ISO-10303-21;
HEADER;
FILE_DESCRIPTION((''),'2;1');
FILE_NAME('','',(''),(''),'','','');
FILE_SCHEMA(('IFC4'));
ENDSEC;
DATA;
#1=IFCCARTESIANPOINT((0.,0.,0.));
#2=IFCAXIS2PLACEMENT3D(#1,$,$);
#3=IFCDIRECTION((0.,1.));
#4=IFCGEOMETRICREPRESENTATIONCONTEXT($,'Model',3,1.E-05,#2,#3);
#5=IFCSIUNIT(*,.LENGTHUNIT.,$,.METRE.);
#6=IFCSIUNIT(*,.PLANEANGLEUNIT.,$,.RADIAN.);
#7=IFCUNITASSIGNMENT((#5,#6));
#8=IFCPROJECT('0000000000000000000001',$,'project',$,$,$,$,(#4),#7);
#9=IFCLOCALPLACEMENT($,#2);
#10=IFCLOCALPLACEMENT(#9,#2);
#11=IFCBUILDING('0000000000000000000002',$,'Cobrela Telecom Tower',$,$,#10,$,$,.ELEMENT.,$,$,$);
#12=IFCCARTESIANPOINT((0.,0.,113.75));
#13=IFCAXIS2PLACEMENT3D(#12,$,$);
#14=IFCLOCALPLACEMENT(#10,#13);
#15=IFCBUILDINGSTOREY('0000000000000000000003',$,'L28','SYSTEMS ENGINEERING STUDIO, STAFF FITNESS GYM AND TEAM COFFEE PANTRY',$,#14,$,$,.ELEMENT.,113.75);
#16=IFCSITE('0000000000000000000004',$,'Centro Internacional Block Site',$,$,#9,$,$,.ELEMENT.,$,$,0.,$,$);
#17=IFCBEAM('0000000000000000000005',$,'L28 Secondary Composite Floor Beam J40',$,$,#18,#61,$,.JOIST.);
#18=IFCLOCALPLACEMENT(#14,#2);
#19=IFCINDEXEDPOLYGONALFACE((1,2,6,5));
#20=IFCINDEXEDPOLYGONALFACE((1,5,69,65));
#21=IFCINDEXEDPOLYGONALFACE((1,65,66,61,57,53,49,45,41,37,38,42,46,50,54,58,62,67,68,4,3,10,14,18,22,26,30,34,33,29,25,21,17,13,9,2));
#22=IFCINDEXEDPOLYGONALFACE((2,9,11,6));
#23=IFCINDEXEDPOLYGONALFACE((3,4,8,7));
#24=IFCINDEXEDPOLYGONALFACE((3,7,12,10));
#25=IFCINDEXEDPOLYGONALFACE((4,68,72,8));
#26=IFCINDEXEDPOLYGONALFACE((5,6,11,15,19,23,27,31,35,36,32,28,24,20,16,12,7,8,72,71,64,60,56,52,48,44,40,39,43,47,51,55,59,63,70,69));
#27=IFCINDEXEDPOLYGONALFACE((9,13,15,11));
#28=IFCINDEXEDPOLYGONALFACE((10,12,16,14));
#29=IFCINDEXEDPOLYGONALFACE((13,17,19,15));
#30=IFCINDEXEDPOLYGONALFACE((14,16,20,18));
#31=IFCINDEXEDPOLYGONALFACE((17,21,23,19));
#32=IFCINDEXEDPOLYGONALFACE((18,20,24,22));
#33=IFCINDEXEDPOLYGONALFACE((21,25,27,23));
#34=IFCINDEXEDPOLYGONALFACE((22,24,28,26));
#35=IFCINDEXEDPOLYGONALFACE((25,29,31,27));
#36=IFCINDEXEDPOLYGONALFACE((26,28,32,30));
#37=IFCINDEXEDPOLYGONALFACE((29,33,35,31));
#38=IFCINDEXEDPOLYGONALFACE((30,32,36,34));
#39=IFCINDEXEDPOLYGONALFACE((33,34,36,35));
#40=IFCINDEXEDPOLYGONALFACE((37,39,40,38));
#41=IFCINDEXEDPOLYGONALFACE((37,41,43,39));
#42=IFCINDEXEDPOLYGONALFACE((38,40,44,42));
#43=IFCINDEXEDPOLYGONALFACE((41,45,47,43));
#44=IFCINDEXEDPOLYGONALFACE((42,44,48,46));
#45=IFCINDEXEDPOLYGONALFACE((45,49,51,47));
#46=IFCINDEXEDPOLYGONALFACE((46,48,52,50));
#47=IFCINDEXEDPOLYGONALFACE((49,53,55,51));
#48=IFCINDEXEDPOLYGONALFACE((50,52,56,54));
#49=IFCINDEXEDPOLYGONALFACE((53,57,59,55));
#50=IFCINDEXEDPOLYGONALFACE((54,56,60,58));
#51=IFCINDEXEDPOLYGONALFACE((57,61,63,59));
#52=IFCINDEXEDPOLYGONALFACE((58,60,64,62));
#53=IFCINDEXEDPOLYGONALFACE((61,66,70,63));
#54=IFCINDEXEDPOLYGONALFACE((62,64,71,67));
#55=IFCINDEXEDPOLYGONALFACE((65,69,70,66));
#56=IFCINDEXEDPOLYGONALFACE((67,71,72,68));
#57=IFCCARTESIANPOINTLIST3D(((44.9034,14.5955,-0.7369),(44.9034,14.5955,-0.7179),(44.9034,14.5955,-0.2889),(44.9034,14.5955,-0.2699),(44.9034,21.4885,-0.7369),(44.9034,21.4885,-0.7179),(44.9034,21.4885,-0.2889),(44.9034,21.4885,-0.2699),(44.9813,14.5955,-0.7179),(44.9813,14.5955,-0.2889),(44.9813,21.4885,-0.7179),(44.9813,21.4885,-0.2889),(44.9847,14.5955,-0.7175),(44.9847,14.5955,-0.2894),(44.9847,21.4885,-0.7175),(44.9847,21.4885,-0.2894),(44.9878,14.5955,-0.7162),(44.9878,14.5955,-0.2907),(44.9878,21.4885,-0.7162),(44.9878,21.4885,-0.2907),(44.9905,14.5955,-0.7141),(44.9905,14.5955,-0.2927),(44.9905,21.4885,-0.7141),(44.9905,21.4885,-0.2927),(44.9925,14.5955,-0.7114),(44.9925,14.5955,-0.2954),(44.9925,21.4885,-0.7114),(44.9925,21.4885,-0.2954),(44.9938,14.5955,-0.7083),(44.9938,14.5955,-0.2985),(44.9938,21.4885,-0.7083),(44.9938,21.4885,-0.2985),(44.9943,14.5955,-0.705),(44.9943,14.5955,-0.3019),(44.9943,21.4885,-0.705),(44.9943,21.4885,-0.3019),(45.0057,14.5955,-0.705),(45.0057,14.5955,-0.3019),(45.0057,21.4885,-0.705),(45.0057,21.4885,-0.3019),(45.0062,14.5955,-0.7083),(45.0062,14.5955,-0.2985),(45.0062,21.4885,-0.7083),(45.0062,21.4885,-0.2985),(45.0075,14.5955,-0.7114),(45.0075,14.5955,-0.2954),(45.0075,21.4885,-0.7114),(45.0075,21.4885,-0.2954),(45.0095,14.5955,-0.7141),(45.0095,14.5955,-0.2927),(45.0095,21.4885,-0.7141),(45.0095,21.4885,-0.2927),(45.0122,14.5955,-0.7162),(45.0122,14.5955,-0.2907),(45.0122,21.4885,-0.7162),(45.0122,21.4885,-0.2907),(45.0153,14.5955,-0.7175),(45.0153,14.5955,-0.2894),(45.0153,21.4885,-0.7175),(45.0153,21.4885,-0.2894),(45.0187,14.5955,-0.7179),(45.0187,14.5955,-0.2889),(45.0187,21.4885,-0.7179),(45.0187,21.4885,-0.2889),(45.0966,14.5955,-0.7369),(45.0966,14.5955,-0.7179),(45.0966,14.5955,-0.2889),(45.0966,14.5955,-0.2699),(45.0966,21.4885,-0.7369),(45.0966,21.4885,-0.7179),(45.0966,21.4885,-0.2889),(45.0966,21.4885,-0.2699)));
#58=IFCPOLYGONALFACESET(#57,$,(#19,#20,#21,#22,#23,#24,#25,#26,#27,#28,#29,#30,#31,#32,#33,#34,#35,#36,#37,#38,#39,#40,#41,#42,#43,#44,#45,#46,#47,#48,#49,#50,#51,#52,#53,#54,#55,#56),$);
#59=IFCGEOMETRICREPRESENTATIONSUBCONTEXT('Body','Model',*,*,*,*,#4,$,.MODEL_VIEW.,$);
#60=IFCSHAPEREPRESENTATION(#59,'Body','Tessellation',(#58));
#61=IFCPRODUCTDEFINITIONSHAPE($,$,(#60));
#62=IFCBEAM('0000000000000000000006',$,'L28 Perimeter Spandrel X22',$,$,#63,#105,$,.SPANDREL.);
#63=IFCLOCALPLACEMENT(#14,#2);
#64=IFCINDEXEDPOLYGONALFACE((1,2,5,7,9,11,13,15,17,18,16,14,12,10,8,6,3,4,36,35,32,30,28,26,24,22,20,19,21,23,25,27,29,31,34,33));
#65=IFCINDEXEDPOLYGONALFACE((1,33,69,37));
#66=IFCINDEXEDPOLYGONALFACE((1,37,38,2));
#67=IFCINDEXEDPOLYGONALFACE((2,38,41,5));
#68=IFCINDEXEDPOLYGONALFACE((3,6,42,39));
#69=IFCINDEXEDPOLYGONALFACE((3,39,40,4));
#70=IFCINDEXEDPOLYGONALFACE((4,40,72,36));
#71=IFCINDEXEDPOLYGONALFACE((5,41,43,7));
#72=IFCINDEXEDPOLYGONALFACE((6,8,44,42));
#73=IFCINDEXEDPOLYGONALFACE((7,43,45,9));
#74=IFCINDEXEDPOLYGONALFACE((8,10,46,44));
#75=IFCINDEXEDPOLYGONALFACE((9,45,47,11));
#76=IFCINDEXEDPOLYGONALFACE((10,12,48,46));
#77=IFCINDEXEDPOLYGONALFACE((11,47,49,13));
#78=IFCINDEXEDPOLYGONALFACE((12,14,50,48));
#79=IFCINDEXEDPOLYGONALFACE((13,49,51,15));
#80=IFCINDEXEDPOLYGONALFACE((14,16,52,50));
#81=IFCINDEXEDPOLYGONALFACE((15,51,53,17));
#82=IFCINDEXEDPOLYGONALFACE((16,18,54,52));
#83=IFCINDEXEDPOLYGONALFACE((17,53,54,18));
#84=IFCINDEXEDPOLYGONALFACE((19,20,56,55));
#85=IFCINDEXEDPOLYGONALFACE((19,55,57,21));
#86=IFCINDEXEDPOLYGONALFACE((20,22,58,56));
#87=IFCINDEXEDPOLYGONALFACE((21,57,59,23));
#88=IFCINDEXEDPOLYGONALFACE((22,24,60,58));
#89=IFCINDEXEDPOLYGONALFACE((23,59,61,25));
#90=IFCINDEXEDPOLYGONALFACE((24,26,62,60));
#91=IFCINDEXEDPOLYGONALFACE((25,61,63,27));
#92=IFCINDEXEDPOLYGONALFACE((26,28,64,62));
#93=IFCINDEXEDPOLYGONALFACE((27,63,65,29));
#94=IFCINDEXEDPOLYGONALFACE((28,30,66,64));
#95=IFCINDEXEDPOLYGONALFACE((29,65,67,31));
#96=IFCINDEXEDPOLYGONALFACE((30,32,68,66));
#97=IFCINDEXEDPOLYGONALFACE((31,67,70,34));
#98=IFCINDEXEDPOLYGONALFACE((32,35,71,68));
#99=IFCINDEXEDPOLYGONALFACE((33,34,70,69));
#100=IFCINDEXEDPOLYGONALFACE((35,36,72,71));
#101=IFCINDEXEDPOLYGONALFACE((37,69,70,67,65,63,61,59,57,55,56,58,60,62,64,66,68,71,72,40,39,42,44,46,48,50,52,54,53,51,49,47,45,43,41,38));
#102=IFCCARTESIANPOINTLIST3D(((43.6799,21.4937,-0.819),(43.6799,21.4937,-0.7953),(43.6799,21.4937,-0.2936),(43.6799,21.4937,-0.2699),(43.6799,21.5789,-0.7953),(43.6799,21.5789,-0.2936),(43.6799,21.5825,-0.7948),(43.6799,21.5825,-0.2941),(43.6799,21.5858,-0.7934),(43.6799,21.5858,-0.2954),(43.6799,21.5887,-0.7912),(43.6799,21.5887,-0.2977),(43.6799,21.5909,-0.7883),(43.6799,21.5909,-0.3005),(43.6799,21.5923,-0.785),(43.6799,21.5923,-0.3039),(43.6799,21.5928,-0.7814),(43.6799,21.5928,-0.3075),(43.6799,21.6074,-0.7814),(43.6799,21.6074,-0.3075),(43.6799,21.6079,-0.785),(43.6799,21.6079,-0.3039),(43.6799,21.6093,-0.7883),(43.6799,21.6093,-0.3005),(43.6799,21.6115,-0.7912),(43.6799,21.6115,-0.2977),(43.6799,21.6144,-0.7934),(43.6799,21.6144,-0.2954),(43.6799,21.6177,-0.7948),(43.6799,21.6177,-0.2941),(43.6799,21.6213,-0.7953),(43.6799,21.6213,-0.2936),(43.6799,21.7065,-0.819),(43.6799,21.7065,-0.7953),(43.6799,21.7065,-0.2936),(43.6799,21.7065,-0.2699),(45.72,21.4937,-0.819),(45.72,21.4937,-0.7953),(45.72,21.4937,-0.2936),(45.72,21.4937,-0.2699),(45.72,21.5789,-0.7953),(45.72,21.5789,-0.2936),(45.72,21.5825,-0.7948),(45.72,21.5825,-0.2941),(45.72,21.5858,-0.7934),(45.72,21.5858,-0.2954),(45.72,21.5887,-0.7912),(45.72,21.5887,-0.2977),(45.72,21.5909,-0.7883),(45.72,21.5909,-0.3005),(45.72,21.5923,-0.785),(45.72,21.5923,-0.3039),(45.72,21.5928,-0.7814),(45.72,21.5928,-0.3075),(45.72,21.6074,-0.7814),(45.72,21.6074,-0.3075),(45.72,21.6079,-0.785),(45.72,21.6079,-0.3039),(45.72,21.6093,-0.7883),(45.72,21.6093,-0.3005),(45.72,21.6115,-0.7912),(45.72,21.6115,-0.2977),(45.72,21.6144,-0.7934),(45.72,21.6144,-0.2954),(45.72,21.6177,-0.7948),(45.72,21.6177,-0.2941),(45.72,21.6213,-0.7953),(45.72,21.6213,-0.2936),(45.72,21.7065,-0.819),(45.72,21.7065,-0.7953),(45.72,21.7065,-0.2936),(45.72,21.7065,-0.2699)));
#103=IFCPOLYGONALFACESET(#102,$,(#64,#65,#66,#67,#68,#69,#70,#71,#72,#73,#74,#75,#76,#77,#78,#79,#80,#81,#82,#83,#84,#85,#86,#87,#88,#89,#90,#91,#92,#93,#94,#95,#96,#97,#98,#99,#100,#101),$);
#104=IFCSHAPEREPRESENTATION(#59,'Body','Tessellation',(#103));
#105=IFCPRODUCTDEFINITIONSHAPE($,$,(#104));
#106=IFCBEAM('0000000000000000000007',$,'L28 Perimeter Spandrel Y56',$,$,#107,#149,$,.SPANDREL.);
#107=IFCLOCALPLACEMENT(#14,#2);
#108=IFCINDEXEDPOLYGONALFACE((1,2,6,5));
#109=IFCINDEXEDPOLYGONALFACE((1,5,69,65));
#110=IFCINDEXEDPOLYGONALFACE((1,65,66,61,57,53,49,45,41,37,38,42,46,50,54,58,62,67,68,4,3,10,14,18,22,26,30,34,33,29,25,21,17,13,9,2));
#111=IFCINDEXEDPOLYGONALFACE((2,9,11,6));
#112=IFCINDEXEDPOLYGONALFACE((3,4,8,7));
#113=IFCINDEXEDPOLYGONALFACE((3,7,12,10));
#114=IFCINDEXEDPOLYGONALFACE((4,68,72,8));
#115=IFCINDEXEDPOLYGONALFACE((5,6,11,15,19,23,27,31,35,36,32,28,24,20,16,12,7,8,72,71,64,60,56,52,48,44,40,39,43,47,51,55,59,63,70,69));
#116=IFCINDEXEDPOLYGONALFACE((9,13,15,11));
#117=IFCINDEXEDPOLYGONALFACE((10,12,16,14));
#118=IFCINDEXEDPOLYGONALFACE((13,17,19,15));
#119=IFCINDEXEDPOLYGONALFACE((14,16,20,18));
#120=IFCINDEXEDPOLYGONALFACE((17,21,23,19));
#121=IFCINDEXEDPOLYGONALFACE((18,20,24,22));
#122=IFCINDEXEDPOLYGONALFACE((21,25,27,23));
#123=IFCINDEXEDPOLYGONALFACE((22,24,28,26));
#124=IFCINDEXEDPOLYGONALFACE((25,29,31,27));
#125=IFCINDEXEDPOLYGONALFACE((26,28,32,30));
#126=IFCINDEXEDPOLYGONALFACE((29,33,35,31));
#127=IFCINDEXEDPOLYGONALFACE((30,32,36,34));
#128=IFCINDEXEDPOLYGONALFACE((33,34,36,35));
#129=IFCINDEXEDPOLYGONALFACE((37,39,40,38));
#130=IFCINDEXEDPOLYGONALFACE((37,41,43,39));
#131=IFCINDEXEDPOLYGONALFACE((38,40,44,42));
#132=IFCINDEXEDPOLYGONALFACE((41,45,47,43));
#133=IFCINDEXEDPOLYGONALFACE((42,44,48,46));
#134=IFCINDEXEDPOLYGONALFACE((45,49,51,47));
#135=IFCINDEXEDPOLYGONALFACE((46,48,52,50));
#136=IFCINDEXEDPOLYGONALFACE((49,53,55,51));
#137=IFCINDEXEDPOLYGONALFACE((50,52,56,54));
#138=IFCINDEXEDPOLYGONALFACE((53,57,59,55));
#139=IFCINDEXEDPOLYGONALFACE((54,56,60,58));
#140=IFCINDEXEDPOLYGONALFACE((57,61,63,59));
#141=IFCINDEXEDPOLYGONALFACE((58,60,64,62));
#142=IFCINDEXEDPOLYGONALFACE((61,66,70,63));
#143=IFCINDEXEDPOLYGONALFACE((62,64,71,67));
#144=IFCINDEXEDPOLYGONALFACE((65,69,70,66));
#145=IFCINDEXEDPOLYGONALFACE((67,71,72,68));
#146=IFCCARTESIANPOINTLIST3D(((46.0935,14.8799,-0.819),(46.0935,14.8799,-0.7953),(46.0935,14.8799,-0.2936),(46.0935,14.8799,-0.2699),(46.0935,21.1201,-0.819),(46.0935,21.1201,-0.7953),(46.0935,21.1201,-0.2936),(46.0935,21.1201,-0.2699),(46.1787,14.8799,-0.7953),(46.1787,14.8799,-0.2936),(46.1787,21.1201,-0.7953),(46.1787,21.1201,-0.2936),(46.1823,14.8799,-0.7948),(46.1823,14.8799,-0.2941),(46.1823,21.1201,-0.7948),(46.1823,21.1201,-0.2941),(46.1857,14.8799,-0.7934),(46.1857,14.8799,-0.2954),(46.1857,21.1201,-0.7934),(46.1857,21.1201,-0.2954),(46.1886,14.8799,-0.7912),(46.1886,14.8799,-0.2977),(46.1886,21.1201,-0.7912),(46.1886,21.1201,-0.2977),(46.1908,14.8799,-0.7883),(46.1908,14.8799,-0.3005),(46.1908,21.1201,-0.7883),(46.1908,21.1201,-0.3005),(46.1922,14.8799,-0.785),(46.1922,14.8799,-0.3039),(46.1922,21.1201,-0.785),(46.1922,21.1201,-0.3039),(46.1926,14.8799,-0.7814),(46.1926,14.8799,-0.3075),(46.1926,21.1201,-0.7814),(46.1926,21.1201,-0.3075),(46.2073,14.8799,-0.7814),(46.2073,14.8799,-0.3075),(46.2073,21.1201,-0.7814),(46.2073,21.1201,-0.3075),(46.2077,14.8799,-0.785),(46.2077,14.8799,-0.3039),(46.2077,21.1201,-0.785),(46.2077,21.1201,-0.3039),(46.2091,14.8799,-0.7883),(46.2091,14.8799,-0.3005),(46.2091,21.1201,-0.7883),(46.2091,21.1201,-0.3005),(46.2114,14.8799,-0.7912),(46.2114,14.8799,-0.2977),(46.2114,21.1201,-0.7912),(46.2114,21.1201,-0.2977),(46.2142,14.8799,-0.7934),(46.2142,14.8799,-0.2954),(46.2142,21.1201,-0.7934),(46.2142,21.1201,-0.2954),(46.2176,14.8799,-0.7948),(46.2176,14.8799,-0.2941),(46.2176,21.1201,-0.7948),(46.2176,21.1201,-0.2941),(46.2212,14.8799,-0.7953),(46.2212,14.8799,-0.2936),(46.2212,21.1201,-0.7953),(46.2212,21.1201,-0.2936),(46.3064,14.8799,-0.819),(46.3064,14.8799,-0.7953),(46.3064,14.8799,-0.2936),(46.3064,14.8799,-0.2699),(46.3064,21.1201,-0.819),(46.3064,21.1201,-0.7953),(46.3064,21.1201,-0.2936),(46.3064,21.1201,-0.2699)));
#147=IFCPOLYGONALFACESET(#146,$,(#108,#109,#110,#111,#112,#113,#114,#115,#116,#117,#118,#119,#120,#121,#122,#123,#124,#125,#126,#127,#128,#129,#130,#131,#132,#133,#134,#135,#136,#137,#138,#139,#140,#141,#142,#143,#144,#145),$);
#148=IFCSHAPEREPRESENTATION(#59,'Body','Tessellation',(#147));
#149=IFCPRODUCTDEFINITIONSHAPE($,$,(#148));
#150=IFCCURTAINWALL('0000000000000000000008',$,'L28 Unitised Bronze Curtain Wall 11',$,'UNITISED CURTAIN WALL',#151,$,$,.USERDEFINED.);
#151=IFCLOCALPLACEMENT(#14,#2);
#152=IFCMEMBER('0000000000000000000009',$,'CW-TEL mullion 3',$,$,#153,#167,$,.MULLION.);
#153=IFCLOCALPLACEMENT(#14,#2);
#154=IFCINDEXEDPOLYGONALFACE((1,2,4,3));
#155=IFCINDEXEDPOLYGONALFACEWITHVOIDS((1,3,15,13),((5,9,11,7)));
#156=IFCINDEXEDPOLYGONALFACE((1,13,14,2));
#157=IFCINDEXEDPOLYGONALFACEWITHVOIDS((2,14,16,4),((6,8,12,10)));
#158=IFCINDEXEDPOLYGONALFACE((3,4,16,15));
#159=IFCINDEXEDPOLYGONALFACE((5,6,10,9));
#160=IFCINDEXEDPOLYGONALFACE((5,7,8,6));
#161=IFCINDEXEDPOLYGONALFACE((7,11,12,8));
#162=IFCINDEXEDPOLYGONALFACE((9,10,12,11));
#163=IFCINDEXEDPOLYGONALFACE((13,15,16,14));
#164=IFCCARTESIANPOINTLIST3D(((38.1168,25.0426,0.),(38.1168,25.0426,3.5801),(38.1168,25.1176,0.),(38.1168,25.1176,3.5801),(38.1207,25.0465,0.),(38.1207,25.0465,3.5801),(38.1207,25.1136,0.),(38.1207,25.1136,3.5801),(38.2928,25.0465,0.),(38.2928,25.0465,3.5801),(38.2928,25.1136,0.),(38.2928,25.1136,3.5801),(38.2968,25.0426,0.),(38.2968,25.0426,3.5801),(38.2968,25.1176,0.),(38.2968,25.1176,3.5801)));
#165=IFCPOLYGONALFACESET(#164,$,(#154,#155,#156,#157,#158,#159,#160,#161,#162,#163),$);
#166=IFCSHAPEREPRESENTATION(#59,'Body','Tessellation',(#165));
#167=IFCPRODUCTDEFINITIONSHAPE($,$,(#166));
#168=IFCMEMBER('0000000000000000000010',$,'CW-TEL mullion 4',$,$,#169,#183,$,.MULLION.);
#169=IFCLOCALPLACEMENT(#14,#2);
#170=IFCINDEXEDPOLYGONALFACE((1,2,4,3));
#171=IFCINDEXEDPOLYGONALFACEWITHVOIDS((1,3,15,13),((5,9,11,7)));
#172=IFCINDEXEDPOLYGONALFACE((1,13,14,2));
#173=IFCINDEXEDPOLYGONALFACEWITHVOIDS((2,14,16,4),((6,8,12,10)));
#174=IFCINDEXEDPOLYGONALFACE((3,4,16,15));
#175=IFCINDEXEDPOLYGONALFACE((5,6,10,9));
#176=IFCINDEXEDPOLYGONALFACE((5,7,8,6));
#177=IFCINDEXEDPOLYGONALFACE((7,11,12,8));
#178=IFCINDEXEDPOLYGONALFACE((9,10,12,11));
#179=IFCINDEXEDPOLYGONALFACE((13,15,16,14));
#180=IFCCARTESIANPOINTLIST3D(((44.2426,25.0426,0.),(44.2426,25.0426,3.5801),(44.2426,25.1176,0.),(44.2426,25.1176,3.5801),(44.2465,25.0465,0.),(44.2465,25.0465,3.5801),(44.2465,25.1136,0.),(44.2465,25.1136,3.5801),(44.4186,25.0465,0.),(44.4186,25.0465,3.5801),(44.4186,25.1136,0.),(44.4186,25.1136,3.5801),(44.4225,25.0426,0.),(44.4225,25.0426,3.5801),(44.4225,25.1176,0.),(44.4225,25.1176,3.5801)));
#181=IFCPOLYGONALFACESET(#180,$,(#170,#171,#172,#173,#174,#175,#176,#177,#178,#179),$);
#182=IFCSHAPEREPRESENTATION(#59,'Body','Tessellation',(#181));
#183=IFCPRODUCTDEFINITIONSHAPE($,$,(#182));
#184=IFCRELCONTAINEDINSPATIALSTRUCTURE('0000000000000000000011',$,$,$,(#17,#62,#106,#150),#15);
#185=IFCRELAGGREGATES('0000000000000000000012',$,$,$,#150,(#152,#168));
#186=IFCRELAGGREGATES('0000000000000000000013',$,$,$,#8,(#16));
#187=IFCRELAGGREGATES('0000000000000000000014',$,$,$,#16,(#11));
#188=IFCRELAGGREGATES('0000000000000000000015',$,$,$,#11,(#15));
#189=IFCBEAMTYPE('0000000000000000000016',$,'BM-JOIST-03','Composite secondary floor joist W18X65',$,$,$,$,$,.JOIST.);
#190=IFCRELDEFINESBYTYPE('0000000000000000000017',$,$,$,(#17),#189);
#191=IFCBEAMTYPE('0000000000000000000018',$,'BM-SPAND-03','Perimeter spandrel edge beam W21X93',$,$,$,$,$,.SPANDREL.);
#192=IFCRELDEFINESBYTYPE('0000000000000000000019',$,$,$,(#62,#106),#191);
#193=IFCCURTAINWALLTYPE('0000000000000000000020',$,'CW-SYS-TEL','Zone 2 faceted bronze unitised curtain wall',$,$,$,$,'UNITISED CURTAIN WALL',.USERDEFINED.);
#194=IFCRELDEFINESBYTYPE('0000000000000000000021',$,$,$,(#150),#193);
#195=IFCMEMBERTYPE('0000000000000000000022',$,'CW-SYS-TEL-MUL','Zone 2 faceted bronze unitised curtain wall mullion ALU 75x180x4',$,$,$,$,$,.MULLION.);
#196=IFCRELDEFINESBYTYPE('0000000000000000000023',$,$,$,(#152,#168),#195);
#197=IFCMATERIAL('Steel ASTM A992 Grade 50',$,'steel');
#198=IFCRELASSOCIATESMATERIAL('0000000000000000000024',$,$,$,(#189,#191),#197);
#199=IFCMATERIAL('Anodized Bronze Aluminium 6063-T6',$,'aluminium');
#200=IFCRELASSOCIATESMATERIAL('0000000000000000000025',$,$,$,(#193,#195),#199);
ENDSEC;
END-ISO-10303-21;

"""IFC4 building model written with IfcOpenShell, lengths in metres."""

from ifc_helpers import new_model, si_unit, direction, frame, origin, origin_2d, place, context, subcontext, project, spatial, hollow_rectangle, i_section, extrude, material, material_profile, profile_set, type_object, element, aggregate, save


model = new_model("IFC4")

# Units and contexts
model_context = context("Model", 3, precision=1e-05, world=origin(), true_north=direction((0.0, 1.0)))
body_context = subcontext(model_context, "Body", "Model", "MODEL_VIEW")
ifc_project = project(units=[si_unit("LENGTHUNIT", "METRE"), si_unit("PLANEANGLEUNIT", "RADIAN")], contexts=[model_context])

# Site, building, storey
site_placement = place(None, origin())
site = spatial("IfcSite", under=ifc_project, at=site_placement, Name="Centro Internacional Block Site", CompositionType="ELEMENT", RefElevation=0.0)
building_placement = place(site_placement, origin())
building = spatial("IfcBuilding", under=site, at=building_placement, Name="Cobrela Telecom Tower", CompositionType="ELEMENT")
storey_placement = place(building_placement, frame((0.0, 0.0, 113.75)))
storey = spatial("IfcBuildingStorey", under=building, at=storey_placement, Name="L28", Description="SYSTEMS ENGINEERING STUDIO, STAFF FITNESS GYM AND TEAM COFFEE PANTRY", CompositionType="ELEMENT", Elevation=113.75)

# Beams
ifc_material_1 = material(Name="Steel ASTM A992 Grade 50", Category="steel")
ifc_material_profile_1 = material_profile(ifc_material_1, i_section(OverallWidth=0.1931, OverallDepth=0.467, WebThickness=0.0115, FlangeThickness=0.019, FilletRadius=0.0129, at=origin_2d()), Name="W18X65")
ifc_profile_set_1 = profile_set([ifc_material_profile_1], Name="Steel ASTM A992 Grade 50")
beam_type_1 = type_object("IfcBeamType", Name="BM-JOIST-03", Description="Composite secondary floor joist W18X65", PredefinedType="JOIST", material=ifc_profile_set_1)
beam_1_placement = place(storey_placement, frame((45.0, 14.5955, -0.5034), z_axis=(0.0, 1.0, 0.0), x_axis=(-1.0, 0.0, 0.0)))
element("IfcBeam", 1, at=beam_1_placement, inside=storey, type_object=beam_type_1, Name="L28 Secondary Composite Floor Beam J40", PredefinedType="JOIST", context=body_context, shape_type="SweptSolid", body=[
    extrude(i_section(OverallWidth=0.1931, OverallDepth=0.467, WebThickness=0.0115, FlangeThickness=0.019, FilletRadius=0.0129, at=origin_2d()), origin(), (0.0, 0.0, 1.0), 6.8931),
])
ifc_material_profile_2 = material_profile(ifc_material_1, i_section(OverallWidth=0.2129, OverallDepth=0.5491, WebThickness=0.0146, FlangeThickness=0.0237, FilletRadius=0.0139, at=origin_2d()), Name="W21X93")
ifc_profile_set_2 = profile_set([ifc_material_profile_2], Name="Steel ASTM A992 Grade 50")
beam_type_2 = type_object("IfcBeamType", Name="BM-SPAND-03", Description="Perimeter spandrel edge beam W21X93", PredefinedType="SPANDREL", material=ifc_profile_set_2)
beam_2_placement = place(storey_placement, frame((43.6799, 21.6001, -0.5444), z_axis=(1.0, 0.0, 0.0), x_axis=(0.0, 1.0, 0.0)))
element("IfcBeam", 2, at=beam_2_placement, inside=storey, type_object=beam_type_2, Name="L28 Perimeter Spandrel X22", PredefinedType="SPANDREL", context=body_context, shape_type="SweptSolid", body=[
    extrude(i_section(OverallWidth=0.2129, OverallDepth=0.5491, WebThickness=0.0146, FlangeThickness=0.0237, FilletRadius=0.0139, at=origin_2d()), origin(), (0.0, 0.0, 1.0), 2.04),
])
beam_3_placement = place(storey_placement, frame((46.2, 14.8799, -0.5444), z_axis=(0.0, 1.0, 0.0), x_axis=(-1.0, 0.0, 0.0)))
element("IfcBeam", 3, at=beam_3_placement, inside=storey, type_object=beam_type_2, Name="L28 Perimeter Spandrel Y56", PredefinedType="SPANDREL", context=body_context, shape_type="SweptSolid", body=[
    extrude(i_section(OverallWidth=0.2129, OverallDepth=0.5491, WebThickness=0.0146, FlangeThickness=0.0237, FilletRadius=0.0139, at=origin_2d()), origin(), (0.0, 0.0, 1.0), 6.2402),
])

# Curtain wall, members
ifc_material_2 = material(Name="Anodized Bronze Aluminium 6063-T6", Category="aluminium")
curtain_wall_type = type_object("IfcCurtainWallType", Name="CW-SYS-TEL", Description="Zone 2 faceted bronze unitised curtain wall", ElementType="UNITISED CURTAIN WALL", PredefinedType="USERDEFINED", material=ifc_material_2)
curtain_wall_1_placement = place(storey_placement, origin())
curtain_wall_1 = element("IfcCurtainWall", 4, at=curtain_wall_1_placement, inside=storey, type_object=curtain_wall_type, Name="L28 Unitised Bronze Curtain Wall 11", ObjectType="UNITISED CURTAIN WALL", PredefinedType="USERDEFINED")
ifc_material_profile_3 = material_profile(ifc_material_2, hollow_rectangle(XDim=0.075, YDim=0.1799, WallThickness=0.0039, at=origin_2d()), Name="ALU 75x180x4")
ifc_profile_set_3 = profile_set([ifc_material_profile_3], Name="Anodized Bronze Aluminium 6063-T6")
member_type_1 = type_object("IfcMemberType", Name="CW-SYS-TEL-MUL", Description="Zone 2 faceted bronze unitised curtain wall mullion ALU 75x180x4", PredefinedType="MULLION", material=ifc_profile_set_3)
member_1_placement = place(storey_placement, frame((38.2068, 25.0801, 0.0), z_axis=(0.0, 0.0, 1.0), x_axis=(0.0, 1.0, 0.0)))
member_1 = element("IfcMember", 5, at=member_1_placement, type_object=member_type_1, Name="CW-TEL mullion 3", PredefinedType="MULLION", context=body_context, shape_type="SweptSolid", body=[
    extrude(hollow_rectangle(XDim=0.075, YDim=0.1799, WallThickness=0.0039, at=origin_2d()), origin(), (0.0, 0.0, 1.0), 3.5801),
])
member_2_placement = place(storey_placement, frame((44.3325, 25.0801, 0.0), z_axis=(0.0, 0.0, 1.0), x_axis=(0.0, 1.0, 0.0)))
member_2 = element("IfcMember", 6, at=member_2_placement, type_object=member_type_1, Name="CW-TEL mullion 4", PredefinedType="MULLION", context=body_context, shape_type="SweptSolid", body=[
    extrude(hollow_rectangle(XDim=0.075, YDim=0.1799, WallThickness=0.0039, at=origin_2d()), origin(), (0.0, 0.0, 1.0), 3.5801),
])

aggregate(curtain_wall_1, [member_1, member_2])

save(model, "model.ifc")
